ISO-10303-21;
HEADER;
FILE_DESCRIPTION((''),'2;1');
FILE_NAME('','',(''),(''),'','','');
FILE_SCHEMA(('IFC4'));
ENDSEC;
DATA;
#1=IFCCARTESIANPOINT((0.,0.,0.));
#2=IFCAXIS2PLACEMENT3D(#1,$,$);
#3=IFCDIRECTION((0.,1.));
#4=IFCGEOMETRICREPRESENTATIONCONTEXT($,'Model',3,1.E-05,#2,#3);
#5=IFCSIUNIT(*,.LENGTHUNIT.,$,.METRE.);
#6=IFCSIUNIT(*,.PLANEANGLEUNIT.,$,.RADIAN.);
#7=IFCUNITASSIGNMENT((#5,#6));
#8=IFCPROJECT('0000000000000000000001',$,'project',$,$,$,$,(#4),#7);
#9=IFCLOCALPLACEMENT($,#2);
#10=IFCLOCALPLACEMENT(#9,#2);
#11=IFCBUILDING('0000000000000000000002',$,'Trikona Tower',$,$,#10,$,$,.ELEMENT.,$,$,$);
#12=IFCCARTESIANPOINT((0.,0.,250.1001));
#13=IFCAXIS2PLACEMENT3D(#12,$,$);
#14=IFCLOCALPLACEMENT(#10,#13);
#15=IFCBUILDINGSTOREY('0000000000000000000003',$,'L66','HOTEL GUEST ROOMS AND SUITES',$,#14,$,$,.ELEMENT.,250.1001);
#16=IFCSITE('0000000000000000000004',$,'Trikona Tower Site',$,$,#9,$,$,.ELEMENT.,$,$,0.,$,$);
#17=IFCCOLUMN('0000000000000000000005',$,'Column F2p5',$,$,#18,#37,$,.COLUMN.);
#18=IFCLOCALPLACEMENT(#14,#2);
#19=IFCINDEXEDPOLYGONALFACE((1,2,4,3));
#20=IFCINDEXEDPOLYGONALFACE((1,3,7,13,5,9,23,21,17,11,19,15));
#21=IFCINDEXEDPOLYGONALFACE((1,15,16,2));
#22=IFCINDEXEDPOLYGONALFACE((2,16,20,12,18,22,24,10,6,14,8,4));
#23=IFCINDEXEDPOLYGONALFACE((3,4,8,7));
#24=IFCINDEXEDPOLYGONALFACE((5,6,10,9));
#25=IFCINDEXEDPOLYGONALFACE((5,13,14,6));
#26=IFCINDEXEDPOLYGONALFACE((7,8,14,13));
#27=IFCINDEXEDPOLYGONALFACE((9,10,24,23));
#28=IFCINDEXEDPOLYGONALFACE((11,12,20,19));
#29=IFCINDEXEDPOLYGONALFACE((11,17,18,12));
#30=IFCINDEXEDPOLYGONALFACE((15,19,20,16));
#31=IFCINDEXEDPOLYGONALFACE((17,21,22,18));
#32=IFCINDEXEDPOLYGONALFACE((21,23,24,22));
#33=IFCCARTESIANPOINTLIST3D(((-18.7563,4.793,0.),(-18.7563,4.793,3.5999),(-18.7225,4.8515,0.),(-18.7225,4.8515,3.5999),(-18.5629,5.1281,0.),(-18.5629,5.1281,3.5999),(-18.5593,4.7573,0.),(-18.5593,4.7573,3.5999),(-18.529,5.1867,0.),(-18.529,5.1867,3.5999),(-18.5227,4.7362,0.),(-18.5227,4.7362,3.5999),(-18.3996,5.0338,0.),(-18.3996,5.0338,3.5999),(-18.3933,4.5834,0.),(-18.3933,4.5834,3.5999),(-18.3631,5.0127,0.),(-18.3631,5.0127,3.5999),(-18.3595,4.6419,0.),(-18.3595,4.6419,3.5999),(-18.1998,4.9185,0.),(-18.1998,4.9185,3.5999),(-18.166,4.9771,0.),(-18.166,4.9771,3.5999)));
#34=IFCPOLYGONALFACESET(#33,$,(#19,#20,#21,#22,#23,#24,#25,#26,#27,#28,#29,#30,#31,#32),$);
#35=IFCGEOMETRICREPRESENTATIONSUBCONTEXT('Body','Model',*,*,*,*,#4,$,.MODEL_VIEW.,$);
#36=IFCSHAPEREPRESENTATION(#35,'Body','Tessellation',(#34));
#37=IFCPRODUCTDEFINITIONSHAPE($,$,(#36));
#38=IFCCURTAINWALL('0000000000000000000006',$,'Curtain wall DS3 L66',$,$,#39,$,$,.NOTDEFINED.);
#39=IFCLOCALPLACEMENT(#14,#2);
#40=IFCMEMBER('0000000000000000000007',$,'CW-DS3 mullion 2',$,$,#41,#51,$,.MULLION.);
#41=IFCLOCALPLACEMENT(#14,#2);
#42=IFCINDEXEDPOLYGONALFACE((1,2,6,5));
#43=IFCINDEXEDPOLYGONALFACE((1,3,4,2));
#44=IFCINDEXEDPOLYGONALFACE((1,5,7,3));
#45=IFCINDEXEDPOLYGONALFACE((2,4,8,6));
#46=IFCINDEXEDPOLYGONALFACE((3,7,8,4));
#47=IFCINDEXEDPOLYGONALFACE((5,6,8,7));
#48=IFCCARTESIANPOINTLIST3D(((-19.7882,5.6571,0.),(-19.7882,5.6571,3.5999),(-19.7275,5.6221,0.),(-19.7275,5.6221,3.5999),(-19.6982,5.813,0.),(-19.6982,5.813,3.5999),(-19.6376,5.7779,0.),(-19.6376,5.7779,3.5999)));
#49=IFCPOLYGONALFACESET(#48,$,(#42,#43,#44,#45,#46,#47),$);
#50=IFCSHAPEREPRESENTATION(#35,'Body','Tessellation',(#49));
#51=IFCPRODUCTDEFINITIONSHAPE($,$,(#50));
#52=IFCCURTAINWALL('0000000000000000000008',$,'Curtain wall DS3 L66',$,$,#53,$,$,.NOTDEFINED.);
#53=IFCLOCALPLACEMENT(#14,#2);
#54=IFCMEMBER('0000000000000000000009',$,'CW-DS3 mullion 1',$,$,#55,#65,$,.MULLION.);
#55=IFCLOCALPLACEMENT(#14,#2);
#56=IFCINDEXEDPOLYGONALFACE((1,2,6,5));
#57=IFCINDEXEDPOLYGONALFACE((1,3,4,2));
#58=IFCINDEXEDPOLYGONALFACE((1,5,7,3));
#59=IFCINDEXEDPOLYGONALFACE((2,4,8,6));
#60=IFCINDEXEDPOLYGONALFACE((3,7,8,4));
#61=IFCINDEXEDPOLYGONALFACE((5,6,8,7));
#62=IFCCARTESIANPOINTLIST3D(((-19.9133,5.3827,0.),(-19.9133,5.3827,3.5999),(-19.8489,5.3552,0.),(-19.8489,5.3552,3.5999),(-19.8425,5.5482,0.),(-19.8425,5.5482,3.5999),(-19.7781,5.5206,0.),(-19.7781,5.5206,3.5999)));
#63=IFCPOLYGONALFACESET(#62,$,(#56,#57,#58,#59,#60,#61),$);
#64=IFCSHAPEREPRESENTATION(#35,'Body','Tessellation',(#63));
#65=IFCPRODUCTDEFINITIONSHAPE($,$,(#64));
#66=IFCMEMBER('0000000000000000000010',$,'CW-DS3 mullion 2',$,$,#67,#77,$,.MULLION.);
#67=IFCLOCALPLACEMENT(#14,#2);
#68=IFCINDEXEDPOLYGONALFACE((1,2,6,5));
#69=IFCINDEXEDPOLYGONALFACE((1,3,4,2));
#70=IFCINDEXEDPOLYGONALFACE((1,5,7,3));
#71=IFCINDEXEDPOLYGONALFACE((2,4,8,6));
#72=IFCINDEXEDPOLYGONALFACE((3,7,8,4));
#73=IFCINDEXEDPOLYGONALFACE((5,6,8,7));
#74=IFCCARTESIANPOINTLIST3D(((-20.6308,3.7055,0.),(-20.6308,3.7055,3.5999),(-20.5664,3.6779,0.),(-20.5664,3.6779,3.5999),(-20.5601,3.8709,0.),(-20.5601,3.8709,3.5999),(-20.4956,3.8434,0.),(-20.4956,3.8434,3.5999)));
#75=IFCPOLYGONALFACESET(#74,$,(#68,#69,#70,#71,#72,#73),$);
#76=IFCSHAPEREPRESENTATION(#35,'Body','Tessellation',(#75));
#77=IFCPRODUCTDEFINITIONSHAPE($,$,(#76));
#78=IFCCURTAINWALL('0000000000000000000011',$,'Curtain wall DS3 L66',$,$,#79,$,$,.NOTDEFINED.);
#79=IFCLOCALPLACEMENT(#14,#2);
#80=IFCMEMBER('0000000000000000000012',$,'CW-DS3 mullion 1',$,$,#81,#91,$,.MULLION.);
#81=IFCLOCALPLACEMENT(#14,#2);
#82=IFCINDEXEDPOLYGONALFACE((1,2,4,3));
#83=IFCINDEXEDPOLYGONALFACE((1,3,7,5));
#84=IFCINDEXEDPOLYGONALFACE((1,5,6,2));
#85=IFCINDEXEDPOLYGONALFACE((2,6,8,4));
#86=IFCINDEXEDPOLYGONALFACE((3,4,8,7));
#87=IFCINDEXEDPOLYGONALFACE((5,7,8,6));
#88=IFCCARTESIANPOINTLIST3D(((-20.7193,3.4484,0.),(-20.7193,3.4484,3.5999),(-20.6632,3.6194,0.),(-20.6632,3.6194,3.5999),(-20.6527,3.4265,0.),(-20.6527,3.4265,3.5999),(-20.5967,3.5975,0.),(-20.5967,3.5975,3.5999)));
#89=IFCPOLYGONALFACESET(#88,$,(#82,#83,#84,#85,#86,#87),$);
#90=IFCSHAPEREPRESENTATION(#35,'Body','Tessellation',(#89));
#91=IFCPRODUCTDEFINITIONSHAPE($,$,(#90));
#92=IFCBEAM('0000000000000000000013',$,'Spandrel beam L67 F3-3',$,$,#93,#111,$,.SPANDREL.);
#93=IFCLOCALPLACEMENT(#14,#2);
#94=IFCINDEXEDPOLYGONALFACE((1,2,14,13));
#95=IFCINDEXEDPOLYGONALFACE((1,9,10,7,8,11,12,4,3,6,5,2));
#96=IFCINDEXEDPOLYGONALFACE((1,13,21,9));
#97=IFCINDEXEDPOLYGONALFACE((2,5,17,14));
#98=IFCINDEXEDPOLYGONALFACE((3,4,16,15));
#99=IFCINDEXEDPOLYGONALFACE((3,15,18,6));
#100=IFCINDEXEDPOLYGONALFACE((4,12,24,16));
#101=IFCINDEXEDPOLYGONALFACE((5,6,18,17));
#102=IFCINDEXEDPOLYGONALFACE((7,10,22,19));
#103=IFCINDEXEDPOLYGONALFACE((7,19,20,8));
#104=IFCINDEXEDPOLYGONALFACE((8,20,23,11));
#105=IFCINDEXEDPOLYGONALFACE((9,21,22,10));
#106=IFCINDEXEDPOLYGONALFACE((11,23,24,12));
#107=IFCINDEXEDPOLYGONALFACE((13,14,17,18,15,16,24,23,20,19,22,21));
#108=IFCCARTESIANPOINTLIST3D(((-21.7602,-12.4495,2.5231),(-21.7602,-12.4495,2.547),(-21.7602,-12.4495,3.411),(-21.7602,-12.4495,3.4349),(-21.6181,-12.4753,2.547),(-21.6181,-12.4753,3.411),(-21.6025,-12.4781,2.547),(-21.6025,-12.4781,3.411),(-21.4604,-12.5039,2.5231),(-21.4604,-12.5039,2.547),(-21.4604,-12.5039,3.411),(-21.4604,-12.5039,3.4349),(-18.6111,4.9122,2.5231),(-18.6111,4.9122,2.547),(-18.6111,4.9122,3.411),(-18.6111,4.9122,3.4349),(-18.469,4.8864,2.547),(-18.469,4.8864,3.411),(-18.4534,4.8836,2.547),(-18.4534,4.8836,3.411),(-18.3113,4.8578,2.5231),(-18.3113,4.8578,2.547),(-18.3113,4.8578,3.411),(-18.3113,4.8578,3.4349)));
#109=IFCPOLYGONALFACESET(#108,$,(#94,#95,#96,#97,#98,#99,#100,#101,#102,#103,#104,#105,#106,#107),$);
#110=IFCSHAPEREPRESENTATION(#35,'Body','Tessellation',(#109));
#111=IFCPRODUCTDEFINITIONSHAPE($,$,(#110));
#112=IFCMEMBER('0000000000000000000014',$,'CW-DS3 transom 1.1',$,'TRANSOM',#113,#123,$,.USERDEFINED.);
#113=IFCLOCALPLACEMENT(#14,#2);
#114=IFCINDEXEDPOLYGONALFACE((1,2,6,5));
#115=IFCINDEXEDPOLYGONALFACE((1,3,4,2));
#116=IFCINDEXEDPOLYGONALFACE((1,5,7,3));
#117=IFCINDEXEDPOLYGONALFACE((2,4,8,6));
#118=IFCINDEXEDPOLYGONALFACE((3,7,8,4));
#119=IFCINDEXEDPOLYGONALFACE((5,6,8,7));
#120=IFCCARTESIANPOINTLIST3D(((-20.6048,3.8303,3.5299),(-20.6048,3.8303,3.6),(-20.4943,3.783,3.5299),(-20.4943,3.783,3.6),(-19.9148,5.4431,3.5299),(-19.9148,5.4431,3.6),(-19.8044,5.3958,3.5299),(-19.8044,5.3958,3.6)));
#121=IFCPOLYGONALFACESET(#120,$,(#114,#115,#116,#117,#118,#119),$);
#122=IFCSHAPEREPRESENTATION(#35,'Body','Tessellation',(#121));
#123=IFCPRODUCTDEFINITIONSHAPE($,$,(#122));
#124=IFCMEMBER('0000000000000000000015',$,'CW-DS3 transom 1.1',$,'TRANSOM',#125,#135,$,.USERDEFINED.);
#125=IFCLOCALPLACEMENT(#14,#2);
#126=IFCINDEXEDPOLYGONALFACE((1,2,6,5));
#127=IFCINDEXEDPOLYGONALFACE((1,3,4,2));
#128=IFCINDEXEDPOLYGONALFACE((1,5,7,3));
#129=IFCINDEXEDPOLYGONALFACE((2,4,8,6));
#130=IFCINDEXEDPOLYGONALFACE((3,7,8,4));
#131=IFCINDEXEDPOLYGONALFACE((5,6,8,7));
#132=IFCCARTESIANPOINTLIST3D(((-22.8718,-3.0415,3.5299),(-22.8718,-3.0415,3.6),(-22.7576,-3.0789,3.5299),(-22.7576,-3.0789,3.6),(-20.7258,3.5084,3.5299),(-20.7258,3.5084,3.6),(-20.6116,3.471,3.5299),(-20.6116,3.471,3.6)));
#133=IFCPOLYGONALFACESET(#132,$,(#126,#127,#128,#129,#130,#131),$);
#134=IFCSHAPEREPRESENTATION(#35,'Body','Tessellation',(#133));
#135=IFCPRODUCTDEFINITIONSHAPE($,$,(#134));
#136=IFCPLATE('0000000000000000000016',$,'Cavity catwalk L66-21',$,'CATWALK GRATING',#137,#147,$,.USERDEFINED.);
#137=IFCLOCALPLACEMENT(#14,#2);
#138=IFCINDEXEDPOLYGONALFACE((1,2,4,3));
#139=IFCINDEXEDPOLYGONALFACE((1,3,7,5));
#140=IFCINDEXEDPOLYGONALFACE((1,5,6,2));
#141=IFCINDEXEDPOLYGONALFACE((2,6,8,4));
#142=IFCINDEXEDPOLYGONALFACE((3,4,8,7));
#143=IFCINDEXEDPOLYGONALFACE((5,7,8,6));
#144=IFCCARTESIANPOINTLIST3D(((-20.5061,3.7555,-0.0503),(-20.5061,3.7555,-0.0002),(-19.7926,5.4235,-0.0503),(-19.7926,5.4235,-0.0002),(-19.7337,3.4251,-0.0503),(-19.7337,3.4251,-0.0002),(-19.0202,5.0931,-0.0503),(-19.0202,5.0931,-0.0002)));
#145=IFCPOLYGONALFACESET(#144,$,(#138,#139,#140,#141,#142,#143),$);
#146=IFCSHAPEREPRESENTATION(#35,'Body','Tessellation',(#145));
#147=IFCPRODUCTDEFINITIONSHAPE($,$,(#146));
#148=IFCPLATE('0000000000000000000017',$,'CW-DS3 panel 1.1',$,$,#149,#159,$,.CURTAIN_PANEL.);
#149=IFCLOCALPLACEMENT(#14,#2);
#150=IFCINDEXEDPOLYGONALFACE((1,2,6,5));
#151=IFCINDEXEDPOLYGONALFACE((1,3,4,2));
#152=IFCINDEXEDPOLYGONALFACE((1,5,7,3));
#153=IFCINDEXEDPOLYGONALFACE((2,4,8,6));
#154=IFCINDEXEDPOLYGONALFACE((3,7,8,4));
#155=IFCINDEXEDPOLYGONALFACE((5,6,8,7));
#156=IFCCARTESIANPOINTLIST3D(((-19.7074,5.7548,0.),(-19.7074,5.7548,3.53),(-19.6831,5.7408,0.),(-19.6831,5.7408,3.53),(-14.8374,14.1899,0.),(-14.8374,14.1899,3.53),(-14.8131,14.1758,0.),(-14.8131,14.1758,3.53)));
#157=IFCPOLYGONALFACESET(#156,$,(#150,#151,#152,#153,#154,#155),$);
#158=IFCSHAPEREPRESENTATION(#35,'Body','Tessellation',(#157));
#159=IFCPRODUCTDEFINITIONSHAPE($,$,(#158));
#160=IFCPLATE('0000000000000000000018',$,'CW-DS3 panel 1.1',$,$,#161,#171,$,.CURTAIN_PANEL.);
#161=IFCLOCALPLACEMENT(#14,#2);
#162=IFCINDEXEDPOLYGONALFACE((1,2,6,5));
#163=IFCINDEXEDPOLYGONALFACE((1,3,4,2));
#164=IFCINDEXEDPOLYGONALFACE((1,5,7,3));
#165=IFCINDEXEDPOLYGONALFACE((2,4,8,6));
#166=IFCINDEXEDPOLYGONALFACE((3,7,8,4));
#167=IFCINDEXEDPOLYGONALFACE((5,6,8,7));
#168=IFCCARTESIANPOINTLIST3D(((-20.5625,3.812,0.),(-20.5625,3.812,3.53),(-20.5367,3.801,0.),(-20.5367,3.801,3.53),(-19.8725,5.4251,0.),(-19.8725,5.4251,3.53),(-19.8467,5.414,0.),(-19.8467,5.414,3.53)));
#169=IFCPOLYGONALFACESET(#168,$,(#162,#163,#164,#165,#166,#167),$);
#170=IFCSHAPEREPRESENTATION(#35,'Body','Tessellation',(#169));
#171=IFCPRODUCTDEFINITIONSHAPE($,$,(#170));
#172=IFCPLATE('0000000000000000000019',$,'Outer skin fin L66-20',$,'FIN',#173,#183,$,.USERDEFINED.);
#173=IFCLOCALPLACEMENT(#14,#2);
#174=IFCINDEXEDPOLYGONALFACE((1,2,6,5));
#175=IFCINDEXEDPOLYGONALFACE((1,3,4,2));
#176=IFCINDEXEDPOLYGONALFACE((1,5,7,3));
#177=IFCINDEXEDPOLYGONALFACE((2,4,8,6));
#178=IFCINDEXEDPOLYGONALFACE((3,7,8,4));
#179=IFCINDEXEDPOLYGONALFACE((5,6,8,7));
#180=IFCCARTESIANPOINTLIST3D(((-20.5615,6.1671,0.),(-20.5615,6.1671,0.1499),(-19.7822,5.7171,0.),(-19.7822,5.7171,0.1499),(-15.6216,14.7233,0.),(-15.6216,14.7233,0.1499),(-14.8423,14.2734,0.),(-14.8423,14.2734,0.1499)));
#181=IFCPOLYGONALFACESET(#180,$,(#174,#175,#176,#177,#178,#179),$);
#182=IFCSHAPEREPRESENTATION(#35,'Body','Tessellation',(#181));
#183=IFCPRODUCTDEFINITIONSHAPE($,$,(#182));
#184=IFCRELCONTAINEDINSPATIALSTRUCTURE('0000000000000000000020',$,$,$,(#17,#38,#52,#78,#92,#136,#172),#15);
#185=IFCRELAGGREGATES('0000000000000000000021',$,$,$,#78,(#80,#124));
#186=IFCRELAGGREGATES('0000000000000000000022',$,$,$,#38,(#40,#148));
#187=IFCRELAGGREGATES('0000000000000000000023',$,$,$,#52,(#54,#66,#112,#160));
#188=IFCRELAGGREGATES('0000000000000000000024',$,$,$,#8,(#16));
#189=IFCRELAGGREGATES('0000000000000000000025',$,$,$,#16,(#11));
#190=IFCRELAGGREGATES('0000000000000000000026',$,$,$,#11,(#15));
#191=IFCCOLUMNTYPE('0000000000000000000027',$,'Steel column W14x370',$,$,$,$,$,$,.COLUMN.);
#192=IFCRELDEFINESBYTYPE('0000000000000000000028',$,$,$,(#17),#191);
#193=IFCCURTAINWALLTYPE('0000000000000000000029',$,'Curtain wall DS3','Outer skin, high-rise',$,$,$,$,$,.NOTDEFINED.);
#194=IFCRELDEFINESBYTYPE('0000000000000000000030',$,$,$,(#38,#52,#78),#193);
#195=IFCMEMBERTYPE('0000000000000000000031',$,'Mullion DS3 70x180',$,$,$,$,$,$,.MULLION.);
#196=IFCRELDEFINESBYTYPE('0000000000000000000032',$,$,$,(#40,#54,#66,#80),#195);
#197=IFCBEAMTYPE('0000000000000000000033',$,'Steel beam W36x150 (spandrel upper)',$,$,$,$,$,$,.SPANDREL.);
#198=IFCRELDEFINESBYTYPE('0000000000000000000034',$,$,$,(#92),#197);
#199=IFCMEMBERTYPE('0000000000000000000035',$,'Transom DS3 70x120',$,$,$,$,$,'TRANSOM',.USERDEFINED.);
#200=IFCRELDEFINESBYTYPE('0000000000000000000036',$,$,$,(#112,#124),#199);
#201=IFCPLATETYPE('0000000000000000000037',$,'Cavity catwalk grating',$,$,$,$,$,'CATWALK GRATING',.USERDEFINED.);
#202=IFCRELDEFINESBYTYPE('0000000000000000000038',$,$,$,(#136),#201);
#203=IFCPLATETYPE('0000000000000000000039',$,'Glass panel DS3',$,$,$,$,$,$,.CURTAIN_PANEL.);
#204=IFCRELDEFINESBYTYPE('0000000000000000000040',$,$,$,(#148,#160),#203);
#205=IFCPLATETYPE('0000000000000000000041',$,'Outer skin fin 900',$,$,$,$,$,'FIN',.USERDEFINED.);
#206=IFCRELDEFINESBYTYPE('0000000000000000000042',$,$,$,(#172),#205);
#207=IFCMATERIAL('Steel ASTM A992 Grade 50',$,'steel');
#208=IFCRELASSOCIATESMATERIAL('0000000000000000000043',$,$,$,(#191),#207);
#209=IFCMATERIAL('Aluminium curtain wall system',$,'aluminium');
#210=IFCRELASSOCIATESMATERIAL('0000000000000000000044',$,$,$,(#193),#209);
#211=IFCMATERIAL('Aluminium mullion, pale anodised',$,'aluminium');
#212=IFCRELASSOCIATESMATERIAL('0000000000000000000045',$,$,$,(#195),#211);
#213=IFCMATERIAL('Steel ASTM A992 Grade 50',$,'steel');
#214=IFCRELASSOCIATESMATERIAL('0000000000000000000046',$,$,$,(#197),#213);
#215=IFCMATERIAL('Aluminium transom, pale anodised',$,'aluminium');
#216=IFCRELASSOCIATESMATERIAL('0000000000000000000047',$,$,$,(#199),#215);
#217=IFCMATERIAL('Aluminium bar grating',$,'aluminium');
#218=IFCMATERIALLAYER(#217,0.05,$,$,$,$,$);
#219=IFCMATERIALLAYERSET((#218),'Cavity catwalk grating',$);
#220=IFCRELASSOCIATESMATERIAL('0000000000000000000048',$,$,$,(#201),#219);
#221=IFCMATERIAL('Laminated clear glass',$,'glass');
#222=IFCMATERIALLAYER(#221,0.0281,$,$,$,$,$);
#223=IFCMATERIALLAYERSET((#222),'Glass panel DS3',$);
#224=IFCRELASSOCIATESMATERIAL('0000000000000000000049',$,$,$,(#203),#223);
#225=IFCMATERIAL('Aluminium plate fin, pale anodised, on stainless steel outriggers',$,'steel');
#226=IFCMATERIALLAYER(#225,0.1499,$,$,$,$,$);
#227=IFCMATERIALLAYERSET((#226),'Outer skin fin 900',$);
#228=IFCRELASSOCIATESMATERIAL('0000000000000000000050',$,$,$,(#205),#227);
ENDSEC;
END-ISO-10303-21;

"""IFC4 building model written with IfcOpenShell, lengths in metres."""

from ifc_helpers import new_model, si_unit, direction, frame, origin, origin_2d, place, context, subcontext, project, spatial, rectangle, i_section, extrude, material, layer, layer_set, material_profile, profile_set, type_object, element, aggregate, save


model = new_model("IFC4")

# Units and contexts
model_context = context("Model", 3, precision=1e-05, world=origin(), true_north=direction((0.0, 1.0)))
body_context = subcontext(model_context, "Body", "Model", "MODEL_VIEW")
ifc_project = project(units=[si_unit("LENGTHUNIT", "METRE"), si_unit("PLANEANGLEUNIT", "RADIAN")], contexts=[model_context])

# Site, building, storey
site_placement = place(None, origin())
site = spatial("IfcSite", under=ifc_project, at=site_placement, Name="Trikona Tower Site", CompositionType="ELEMENT", RefElevation=0.0)
building_placement = place(site_placement, origin())
building = spatial("IfcBuilding", under=site, at=building_placement, Name="Trikona Tower", CompositionType="ELEMENT")
storey_placement = place(building_placement, frame((0.0, 0.0, 250.1001)))
storey = spatial("IfcBuildingStorey", under=building, at=storey_placement, Name="L66", Description="HOTEL GUEST ROOMS AND SUITES", CompositionType="ELEMENT", Elevation=250.1001)

# Column
ifc_material_1 = material(Name="Steel ASTM A992 Grade 50", Category="steel")
ifc_material_profile_1 = material_profile(ifc_material_1, i_section(OverallWidth=0.4192, OverallDepth=0.4546, WebThickness=0.0422, FlangeThickness=0.0676, at=origin_2d()), Name="W14X370")
ifc_profile_set_1 = profile_set([ifc_material_profile_1], Name="Steel ASTM A992 Grade 50")
column_type = type_object("IfcColumnType", Name="Steel column W14x370", PredefinedType="COLUMN", material=ifc_profile_set_1)
column_placement = place(storey_placement, frame((-18.4612, 4.885, 0.0), z_axis=(0.0, 0.0, 1.0), x_axis=(-0.866025, 0.5, 0.0)))
element("IfcColumn", 1, at=column_placement, inside=storey, type_object=column_type, Name="Column F2p5", PredefinedType="COLUMN", context=body_context, shape_type="SweptSolid", body=[
    extrude(i_section(OverallWidth=0.4192, OverallDepth=0.4546, WebThickness=0.0422, FlangeThickness=0.0676, at=origin_2d()), origin(), (0.0, 0.0, 1.0), 3.5999),
])

# Curtain wall, member
ifc_material_2 = material(Name="Aluminium curtain wall system", Category="aluminium")
curtain_wall_type = type_object("IfcCurtainWallType", Name="Curtain wall DS3", Description="Outer skin, high-rise", PredefinedType="NOTDEFINED", material=ifc_material_2)
curtain_wall_1_placement = place(storey_placement, origin())
curtain_wall_1 = element("IfcCurtainWall", 2, at=curtain_wall_1_placement, inside=storey, type_object=curtain_wall_type, Name="Curtain wall DS3 L66", PredefinedType="NOTDEFINED")
ifc_material_3 = material(Name="Aluminium mullion, pale anodised", Category="aluminium")
ifc_material_profile_2 = material_profile(ifc_material_3, rectangle(XDim=0.0701, YDim=0.1799, at=origin_2d()), Name="MUL-DS3")
ifc_profile_set_2 = profile_set([ifc_material_profile_2], Name="Aluminium mullion, pale anodised")
member_type_1 = type_object("IfcMemberType", Name="Mullion DS3 70x180", PredefinedType="MULLION", material=ifc_profile_set_2)
member_1_placement = place(storey_placement, frame((-19.7129, 5.7175, 0.0), z_axis=(0.0, 0.0, 1.0), x_axis=(0.866025, -0.500001, 0.0)))
member_1 = element("IfcMember", 3, at=member_1_placement, type_object=member_type_1, Name="CW-DS3 mullion 2", PredefinedType="MULLION", context=body_context, shape_type="SweptSolid", body=[
    extrude(rectangle(XDim=0.0701, YDim=0.1799, at=origin_2d()), origin(), (0.0, 0.0, 1.0), 3.5999),
])

# Curtain wall, members
curtain_wall_2_placement = place(storey_placement, origin())
curtain_wall_2 = element("IfcCurtainWall", 4, at=curtain_wall_2_placement, inside=storey, type_object=curtain_wall_type, Name="Curtain wall DS3 L66", PredefinedType="NOTDEFINED")
member_2_placement = place(storey_placement, frame((-19.8457, 5.4517, 0.0), z_axis=(0.0, 0.0, 1.0), x_axis=(0.919421, -0.393276, 0.0)))
member_2 = element("IfcMember", 5, at=member_2_placement, type_object=member_type_1, Name="CW-DS3 mullion 1", PredefinedType="MULLION", context=body_context, shape_type="SweptSolid", body=[
    extrude(rectangle(XDim=0.0701, YDim=0.1799, at=origin_2d()), origin(), (0.0, 0.0, 1.0), 3.5999),
])
member_3_placement = place(storey_placement, frame((-20.5632, 3.7744, 0.0), z_axis=(0.0, 0.0, 1.0), x_axis=(0.919421, -0.393276, 0.0)))
member_3 = element("IfcMember", 6, at=member_3_placement, type_object=member_type_1, Name="CW-DS3 mullion 2", PredefinedType="MULLION", context=body_context, shape_type="SweptSolid", body=[
    extrude(rectangle(XDim=0.0701, YDim=0.1799, at=origin_2d()), origin(), (0.0, 0.0, 1.0), 3.5999),
])

# Curtain wall, member
curtain_wall_3_placement = place(storey_placement, origin())
curtain_wall_3 = element("IfcCurtainWall", 7, at=curtain_wall_3_placement, inside=storey, type_object=curtain_wall_type, Name="Curtain wall DS3 L66", PredefinedType="NOTDEFINED")
member_4_placement = place(storey_placement, frame((-20.658, 3.5229, 0.0), z_axis=(0.0, 0.0, 1.0), x_axis=(0.950297, -0.311344, 0.0)))
member_4 = element("IfcMember", 8, at=member_4_placement, type_object=member_type_1, Name="CW-DS3 mullion 1", PredefinedType="MULLION", context=body_context, shape_type="SweptSolid", body=[
    extrude(rectangle(XDim=0.0701, YDim=0.1799, at=origin_2d()), origin(), (0.0, 0.0, 1.0), 3.5999),
])

# Beam
ifc_material_4 = material(Name="Steel ASTM A992 Grade 50", Category="steel")
ifc_material_profile_3 = material_profile(ifc_material_4, i_section(OverallWidth=0.3047, OverallDepth=0.9119, WebThickness=0.0159, FlangeThickness=0.0239, at=origin_2d()), Name="W36X150")
ifc_profile_set_3 = profile_set([ifc_material_profile_3], Name="Steel ASTM A992 Grade 50")
beam_type = type_object("IfcBeamType", Name="Steel beam W36x150 (spandrel upper)", PredefinedType="SPANDREL", material=ifc_profile_set_3)
beam_placement = place(storey_placement, frame((-18.4612, 4.885, 2.979), z_axis=(-0.178473, -0.983945, 0.0), x_axis=(0.983945, -0.178473, 0.0)))
element("IfcBeam", 9, at=beam_placement, inside=storey, type_object=beam_type, Name="Spandrel beam L67 F3-3", PredefinedType="SPANDREL", context=body_context, shape_type="SweptSolid", body=[
    extrude(i_section(OverallWidth=0.3047, OverallDepth=0.9119, WebThickness=0.0159, FlangeThickness=0.0239, at=origin_2d()), origin(), (0.0, 0.0, 1.0), 17.645),
])

# Members
ifc_material_5 = material(Name="Aluminium transom, pale anodised", Category="aluminium")
ifc_material_profile_4 = material_profile(ifc_material_5, rectangle(XDim=0.1201, YDim=0.0701, at=origin_2d()), Name="TRN-DS3")
ifc_profile_set_4 = profile_set([ifc_material_profile_4], Name="Aluminium transom, pale anodised")
member_type_2 = type_object("IfcMemberType", Name="Transom DS3 70x120", ElementType="TRANSOM", PredefinedType="USERDEFINED", material=ifc_profile_set_4)
member_5_placement = place(storey_placement, frame((-19.8596, 5.4194, 3.5649), z_axis=(-0.393315, -0.919404, 0.0), x_axis=(0.919404, -0.393315, 0.0)))
member_5 = element("IfcMember", 10, at=member_5_placement, type_object=member_type_2, Name="CW-DS3 transom 1.1", ObjectType="TRANSOM", PredefinedType="USERDEFINED", context=body_context, shape_type="SweptSolid", body=[
    extrude(rectangle(XDim=0.1201, YDim=0.0701, at=origin_2d()), origin(), (0.0, 0.0, 1.0), 1.7542),
])
member_6_placement = place(storey_placement, frame((-20.6687, 3.4897, 3.5649), z_axis=(-0.311346, -0.950297, 0.0), x_axis=(0.950297, -0.311346, 0.0)))
member_6 = element("IfcMember", 11, at=member_6_placement, type_object=member_type_2, Name="CW-DS3 transom 1.1", ObjectType="TRANSOM", PredefinedType="USERDEFINED", context=body_context, shape_type="SweptSolid", body=[
    extrude(rectangle(XDim=0.1201, YDim=0.0701, at=origin_2d()), origin(), (0.0, 0.0, 1.0), 6.8926),
])
aggregate(curtain_wall_3, [member_4, member_6])

# Plates
ifc_material_6 = material(Name="Aluminium bar grating", Category="aluminium")
ifc_layer_1 = layer(ifc_material_6, 0.05)
ifc_layer_set_1 = layer_set([ifc_layer_1], Name="Cavity catwalk grating")
plate_type_1 = type_object("IfcPlateType", Name="Cavity catwalk grating", ElementType="CATWALK GRATING", PredefinedType="USERDEFINED", material=ifc_layer_set_1)
plate_1_placement = place(storey_placement, frame((-19.7632, 4.4243, -0.0503), z_axis=(0.0, 0.0, 1.0), x_axis=(-0.393284, -0.919417, 0.0)))
element("IfcPlate", 12, at=plate_1_placement, inside=storey, type_object=plate_type_1, Name="Cavity catwalk L66-21", ObjectType="CATWALK GRATING", PredefinedType="USERDEFINED", context=body_context, shape_type="SweptSolid", body=[
    extrude(rectangle(XDim=1.8142, YDim=0.8401, at=origin_2d()), origin(), (0.0, 0.0, 1.0), 0.05),
])
ifc_material_7 = material(Name="Laminated clear glass", Category="glass")
ifc_layer_2 = layer(ifc_material_7, 0.0281)
ifc_layer_set_2 = layer_set([ifc_layer_2], Name="Glass panel DS3")
plate_type_2 = type_object("IfcPlateType", Name="Glass panel DS3", PredefinedType="CURTAIN_PANEL", material=ifc_layer_set_2)
plate_2_placement = place(storey_placement, frame((-17.2603, 9.9653, 0.0), z_axis=(0.0, 0.0, 1.0), x_axis=(-0.500001, -0.866025, 0.0)))
plate_2 = element("IfcPlate", 13, at=plate_2_placement, type_object=plate_type_2, Name="CW-DS3 panel 1.1", PredefinedType="CURTAIN_PANEL", context=body_context, shape_type="SweptSolid", body=[
    extrude(rectangle(XDim=9.74, YDim=0.0281, at=origin_2d()), origin(), (0.0, 0.0, 1.0), 3.53),
])
aggregate(curtain_wall_1, [member_1, plate_2])
plate_3_placement = place(storey_placement, frame((-20.2046, 4.613, 0.0), z_axis=(0.0, 0.0, 1.0), x_axis=(-0.393276, -0.919421, 0.0)))
plate_3 = element("IfcPlate", 14, at=plate_3_placement, type_object=plate_type_2, Name="CW-DS3 panel 1.1", PredefinedType="CURTAIN_PANEL", context=body_context, shape_type="SweptSolid", body=[
    extrude(rectangle(XDim=1.7544, YDim=0.0281, at=origin_2d()), origin(), (0.0, 0.0, 1.0), 3.53),
])
aggregate(curtain_wall_2, [member_2, member_3, member_5, plate_3])

# Plate
ifc_material_8 = material(Name="Aluminium plate fin, pale anodised, on stainless steel outriggers", Category="steel")
ifc_layer_3 = layer(ifc_material_8, 0.1499)
ifc_layer_set_3 = layer_set([ifc_layer_3], Name="Outer skin fin 900")
plate_type_3 = type_object("IfcPlateType", Name="Outer skin fin 900", ElementType="FIN", PredefinedType="USERDEFINED", material=ifc_layer_set_3)
plate_4_placement = place(storey_placement, frame((-17.7019, 10.2202, 0.0), z_axis=(0.0, 0.0, 1.0), x_axis=(-0.499998, -0.866026, 0.0)))
element("IfcPlate", 15, at=plate_4_placement, inside=storey, type_object=plate_type_3, Name="Outer skin fin L66-20", ObjectType="FIN", PredefinedType="USERDEFINED", context=body_context, shape_type="SweptSolid", body=[
    extrude(rectangle(XDim=9.8799, YDim=0.8999, at=origin_2d()), origin(), (0.0, 0.0, 1.0), 0.1499),
])

save(model, "model.ifc")
